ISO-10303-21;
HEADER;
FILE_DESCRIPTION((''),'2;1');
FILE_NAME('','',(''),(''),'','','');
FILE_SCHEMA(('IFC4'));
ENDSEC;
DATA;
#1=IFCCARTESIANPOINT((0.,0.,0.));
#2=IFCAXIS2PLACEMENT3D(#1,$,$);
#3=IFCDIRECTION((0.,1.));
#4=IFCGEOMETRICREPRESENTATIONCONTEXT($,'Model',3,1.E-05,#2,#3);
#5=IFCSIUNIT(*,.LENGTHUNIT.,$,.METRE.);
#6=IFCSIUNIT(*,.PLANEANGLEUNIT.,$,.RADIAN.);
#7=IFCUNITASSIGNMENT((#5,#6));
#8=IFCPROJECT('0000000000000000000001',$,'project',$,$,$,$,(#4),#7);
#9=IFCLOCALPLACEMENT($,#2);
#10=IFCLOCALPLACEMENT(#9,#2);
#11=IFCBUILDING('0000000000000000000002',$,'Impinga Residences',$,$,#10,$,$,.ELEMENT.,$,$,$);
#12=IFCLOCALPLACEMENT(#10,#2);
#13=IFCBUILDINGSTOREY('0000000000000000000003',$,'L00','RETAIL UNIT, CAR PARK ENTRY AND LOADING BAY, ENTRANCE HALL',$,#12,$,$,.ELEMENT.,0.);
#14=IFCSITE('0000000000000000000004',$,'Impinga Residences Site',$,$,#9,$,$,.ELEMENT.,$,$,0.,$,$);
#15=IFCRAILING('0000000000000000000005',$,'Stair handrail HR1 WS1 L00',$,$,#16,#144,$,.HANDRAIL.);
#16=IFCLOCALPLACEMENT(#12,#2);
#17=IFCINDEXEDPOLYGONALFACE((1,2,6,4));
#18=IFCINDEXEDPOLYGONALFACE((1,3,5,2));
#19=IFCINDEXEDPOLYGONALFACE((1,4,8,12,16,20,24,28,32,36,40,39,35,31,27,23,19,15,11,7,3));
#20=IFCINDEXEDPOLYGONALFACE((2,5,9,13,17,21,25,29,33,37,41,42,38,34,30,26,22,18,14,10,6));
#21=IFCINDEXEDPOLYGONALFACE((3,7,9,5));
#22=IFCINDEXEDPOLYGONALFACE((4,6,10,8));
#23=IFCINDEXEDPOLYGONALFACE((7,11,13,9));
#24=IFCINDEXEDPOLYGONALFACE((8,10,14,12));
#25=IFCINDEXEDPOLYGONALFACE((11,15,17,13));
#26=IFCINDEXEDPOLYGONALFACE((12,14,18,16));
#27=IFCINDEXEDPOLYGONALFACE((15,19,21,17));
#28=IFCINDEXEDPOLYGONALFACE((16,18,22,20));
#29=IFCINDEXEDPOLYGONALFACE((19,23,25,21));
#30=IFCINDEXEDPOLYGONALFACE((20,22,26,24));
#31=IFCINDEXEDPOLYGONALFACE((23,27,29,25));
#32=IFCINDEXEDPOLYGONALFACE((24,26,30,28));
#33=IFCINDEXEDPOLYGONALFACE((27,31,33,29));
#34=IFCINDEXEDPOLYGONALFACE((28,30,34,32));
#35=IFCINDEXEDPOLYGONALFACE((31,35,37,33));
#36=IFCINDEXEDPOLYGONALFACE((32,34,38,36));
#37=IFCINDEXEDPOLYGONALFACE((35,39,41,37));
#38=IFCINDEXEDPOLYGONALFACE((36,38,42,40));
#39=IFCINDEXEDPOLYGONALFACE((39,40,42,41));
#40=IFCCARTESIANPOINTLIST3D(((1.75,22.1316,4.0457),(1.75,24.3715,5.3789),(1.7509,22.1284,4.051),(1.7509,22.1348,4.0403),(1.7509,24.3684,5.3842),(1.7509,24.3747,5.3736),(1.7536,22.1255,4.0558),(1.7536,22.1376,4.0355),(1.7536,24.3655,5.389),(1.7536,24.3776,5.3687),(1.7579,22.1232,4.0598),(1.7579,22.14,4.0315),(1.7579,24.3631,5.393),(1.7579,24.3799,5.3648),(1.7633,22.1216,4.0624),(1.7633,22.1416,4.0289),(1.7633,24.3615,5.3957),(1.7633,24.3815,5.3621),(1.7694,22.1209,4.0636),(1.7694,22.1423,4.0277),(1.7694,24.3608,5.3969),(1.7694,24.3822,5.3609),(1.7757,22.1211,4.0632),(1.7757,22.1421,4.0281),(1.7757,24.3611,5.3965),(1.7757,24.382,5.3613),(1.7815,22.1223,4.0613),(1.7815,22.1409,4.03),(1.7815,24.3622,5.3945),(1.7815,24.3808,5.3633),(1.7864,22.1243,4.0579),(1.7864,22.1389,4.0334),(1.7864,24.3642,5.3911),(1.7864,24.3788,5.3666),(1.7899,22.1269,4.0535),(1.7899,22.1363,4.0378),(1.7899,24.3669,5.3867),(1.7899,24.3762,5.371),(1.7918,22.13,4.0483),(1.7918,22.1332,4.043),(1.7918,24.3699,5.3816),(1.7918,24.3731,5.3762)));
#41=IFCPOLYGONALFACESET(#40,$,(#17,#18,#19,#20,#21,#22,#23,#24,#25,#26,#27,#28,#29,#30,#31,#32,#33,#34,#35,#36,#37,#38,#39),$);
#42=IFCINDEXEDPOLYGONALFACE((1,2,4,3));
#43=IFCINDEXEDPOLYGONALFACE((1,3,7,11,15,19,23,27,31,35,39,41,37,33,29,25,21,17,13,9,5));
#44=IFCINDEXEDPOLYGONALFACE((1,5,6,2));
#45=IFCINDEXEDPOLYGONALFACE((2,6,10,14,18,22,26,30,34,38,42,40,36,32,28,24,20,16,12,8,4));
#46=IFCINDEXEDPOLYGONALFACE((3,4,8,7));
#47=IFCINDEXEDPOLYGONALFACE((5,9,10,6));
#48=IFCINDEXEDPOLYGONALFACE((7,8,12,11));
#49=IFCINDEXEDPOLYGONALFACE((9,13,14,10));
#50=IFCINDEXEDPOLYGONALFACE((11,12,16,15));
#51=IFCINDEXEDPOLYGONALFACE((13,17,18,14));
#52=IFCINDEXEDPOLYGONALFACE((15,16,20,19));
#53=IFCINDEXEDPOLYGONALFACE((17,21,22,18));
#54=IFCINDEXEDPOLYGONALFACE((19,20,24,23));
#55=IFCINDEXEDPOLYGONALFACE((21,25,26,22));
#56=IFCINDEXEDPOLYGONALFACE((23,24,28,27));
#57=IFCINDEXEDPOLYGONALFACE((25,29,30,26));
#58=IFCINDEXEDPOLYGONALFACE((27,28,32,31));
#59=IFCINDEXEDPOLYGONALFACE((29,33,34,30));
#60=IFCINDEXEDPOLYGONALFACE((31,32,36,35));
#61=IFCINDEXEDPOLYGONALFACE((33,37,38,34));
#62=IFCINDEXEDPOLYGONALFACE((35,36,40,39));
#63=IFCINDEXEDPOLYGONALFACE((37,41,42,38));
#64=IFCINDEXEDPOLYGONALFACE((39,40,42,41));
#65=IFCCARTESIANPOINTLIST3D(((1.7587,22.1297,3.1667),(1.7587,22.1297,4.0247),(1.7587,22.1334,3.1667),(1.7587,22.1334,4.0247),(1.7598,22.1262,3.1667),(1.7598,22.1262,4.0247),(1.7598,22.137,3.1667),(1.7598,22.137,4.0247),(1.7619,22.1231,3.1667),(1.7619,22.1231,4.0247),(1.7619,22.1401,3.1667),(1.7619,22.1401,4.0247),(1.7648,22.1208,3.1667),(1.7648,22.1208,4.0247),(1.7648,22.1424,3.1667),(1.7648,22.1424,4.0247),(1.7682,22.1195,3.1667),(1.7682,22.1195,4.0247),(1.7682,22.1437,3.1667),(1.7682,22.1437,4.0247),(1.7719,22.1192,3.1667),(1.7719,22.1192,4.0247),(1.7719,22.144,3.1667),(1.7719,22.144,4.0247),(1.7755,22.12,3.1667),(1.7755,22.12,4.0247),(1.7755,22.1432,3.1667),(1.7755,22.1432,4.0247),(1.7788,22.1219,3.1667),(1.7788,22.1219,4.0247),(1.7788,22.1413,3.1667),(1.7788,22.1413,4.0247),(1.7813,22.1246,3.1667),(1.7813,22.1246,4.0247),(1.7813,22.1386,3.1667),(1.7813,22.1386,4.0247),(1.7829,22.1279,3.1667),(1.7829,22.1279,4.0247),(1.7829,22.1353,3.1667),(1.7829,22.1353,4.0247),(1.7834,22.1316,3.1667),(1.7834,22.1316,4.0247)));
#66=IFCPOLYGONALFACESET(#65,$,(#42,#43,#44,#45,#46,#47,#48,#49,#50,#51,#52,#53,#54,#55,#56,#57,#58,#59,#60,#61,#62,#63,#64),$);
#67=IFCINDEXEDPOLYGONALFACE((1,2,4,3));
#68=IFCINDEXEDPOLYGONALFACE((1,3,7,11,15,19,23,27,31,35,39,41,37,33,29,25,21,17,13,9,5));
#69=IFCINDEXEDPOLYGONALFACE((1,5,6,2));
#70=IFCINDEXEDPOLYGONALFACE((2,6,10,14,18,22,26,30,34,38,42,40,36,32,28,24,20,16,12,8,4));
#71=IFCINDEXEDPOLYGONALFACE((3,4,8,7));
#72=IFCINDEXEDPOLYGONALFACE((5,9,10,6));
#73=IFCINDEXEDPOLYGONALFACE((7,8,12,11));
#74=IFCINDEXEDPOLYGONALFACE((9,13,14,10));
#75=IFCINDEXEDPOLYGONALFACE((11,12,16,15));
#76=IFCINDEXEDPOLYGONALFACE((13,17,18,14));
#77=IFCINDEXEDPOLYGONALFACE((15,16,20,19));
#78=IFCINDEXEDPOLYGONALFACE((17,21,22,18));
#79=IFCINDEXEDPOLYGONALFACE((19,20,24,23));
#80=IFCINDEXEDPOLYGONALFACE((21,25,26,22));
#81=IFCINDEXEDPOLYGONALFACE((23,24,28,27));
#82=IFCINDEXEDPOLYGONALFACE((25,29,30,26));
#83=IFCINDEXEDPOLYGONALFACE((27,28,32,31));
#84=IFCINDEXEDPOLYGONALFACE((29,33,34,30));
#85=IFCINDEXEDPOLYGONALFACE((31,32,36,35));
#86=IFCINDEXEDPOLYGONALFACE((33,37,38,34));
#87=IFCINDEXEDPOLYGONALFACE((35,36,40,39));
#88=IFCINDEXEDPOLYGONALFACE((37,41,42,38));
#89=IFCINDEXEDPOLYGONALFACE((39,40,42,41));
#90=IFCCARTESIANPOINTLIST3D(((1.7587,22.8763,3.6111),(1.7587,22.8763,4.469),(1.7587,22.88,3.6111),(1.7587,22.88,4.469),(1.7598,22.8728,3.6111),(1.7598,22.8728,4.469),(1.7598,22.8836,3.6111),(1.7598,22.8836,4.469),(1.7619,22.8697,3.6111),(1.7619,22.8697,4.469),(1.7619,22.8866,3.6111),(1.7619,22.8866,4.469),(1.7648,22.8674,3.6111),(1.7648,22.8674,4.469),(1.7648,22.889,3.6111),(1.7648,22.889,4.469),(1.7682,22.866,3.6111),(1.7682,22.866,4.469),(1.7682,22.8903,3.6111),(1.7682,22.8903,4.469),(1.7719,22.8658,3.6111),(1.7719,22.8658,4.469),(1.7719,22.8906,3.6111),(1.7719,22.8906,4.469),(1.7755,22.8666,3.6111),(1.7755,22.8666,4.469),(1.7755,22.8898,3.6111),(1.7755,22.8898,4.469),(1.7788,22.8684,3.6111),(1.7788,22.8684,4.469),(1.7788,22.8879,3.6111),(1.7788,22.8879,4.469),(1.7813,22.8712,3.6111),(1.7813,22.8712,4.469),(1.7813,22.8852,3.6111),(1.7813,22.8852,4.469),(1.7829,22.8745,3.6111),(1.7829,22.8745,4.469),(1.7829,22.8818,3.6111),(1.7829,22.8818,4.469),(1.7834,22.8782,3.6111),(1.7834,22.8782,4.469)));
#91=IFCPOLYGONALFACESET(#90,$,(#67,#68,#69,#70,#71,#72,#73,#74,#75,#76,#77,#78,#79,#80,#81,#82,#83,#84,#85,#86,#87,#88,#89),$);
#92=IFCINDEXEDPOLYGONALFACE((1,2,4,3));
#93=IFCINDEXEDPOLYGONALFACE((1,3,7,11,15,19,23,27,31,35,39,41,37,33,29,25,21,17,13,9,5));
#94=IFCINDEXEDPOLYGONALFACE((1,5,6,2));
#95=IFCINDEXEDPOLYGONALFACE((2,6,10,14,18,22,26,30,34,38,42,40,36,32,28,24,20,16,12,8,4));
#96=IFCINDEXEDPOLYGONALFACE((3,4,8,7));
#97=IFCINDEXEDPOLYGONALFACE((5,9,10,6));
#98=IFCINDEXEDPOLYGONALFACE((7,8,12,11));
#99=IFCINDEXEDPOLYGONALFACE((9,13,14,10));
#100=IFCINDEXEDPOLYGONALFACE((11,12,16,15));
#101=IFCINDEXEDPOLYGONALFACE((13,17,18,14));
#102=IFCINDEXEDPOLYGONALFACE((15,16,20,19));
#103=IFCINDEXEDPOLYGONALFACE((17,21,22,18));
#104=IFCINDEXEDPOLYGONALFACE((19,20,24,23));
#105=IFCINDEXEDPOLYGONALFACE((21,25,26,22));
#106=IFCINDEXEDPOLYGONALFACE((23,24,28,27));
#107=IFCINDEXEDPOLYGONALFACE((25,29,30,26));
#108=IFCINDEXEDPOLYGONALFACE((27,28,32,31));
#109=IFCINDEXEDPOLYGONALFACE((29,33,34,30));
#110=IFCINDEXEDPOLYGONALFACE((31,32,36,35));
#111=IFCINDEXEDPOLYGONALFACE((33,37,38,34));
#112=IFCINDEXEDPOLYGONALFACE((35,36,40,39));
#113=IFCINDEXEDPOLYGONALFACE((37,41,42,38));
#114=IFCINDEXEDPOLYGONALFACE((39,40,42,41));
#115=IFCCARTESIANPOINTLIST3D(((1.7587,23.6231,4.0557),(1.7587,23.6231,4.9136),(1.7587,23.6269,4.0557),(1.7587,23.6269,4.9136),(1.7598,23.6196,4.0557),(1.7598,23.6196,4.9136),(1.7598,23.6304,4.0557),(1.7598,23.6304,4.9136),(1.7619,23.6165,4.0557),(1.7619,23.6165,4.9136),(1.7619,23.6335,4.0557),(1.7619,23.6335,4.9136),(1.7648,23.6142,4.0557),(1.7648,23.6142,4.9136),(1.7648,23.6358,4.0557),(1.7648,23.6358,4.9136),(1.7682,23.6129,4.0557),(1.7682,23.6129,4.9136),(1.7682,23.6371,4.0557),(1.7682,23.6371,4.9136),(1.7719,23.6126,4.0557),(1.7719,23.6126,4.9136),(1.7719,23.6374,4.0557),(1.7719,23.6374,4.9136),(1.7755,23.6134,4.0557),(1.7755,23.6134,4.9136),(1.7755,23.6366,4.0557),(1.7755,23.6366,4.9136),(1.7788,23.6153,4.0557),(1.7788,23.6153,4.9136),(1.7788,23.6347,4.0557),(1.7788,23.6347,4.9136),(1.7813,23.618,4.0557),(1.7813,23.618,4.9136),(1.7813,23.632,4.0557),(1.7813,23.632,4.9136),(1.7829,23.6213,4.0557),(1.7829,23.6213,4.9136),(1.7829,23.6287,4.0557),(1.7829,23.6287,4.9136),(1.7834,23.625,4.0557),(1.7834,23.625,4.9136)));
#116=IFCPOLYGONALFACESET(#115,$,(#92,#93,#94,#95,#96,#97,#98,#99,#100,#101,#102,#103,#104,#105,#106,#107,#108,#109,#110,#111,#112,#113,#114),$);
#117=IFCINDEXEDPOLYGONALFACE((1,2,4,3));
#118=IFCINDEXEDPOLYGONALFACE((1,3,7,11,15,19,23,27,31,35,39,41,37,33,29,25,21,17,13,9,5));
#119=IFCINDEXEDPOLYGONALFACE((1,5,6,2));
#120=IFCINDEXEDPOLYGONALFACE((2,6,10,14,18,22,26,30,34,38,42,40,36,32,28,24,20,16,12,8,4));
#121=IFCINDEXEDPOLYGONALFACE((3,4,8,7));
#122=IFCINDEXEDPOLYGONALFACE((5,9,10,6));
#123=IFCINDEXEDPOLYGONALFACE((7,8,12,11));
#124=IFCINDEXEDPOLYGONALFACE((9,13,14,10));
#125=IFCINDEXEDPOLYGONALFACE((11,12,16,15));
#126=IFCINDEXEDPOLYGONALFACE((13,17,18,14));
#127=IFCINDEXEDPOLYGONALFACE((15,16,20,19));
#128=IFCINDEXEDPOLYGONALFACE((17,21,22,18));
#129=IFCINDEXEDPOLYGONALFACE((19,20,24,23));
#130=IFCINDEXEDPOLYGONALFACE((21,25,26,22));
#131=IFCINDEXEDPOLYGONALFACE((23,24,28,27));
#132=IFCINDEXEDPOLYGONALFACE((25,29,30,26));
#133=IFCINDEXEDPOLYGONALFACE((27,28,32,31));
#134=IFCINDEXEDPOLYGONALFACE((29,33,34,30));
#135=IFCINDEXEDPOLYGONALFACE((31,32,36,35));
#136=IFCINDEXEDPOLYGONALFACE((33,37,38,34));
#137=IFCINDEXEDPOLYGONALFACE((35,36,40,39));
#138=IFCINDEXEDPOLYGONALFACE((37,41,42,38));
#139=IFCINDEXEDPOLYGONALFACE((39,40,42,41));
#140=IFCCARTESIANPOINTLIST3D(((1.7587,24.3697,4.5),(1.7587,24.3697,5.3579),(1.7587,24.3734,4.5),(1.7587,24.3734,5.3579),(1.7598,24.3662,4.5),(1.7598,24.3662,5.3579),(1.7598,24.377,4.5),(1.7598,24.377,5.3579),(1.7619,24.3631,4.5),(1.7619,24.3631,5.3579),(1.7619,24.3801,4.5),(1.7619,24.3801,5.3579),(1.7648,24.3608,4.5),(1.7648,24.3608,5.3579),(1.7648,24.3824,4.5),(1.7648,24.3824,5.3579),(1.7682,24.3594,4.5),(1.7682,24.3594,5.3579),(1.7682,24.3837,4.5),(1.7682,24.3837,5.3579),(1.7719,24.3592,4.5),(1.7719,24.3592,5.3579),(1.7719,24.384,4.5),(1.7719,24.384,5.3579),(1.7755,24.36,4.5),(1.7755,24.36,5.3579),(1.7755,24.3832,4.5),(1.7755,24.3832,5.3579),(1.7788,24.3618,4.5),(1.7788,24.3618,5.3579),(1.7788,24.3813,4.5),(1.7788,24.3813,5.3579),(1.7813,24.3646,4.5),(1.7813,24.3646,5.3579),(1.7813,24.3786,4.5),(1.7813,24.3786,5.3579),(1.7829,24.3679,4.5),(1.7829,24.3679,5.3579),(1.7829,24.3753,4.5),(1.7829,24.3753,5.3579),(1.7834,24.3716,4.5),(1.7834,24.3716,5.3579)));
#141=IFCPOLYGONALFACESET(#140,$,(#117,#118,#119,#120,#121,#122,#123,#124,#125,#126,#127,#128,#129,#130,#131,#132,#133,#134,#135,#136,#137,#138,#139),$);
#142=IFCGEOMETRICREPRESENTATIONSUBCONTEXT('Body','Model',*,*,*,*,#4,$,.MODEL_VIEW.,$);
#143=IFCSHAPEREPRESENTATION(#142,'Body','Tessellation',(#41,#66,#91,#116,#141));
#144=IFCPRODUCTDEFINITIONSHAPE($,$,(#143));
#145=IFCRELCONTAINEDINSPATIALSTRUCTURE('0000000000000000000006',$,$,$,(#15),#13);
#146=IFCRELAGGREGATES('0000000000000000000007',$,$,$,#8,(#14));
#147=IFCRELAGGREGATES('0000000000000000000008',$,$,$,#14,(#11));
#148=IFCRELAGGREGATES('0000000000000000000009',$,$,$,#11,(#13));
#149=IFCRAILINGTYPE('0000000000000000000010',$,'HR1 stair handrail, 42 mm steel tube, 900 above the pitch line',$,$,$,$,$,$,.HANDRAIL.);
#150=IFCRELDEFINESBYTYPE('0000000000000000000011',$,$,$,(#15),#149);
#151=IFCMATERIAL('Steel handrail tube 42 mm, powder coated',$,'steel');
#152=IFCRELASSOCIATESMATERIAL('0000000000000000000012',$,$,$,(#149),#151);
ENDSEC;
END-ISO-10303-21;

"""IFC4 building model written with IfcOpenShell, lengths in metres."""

from ifc_helpers import new_model, si_unit, direction, frame, origin, origin_2d, place, context, subcontext, project, spatial, circle, extrude, material, type_object, element, save


model = new_model("IFC4")

# Units and contexts
model_context = context("Model", 3, precision=1e-05, world=origin(), true_north=direction((0.0, 1.0)))
body_context = subcontext(model_context, "Body", "Model", "MODEL_VIEW")
ifc_project = project(units=[si_unit("LENGTHUNIT", "METRE"), si_unit("PLANEANGLEUNIT", "RADIAN")], contexts=[model_context])

# Site, building, storey
site_placement = place(None, origin())
site = spatial("IfcSite", under=ifc_project, at=site_placement, Name="Impinga Residences Site", CompositionType="ELEMENT", RefElevation=0.0)
building_placement = place(site_placement, origin())
building = spatial("IfcBuilding", under=site, at=building_placement, Name="Impinga Residences", CompositionType="ELEMENT")
storey_placement = place(building_placement, origin())
storey = spatial("IfcBuildingStorey", under=building, at=storey_placement, Name="L00", Description="RETAIL UNIT, CAR PARK ENTRY AND LOADING BAY, ENTRANCE HALL", CompositionType="ELEMENT", Elevation=0.0)

# Railing
ifc_material_1 = material(Name="Steel handrail tube 42 mm, powder coated", Category="steel")
railing_type_1 = type_object("IfcRailingType", Name="HR1 stair handrail, 42 mm steel tube, 900 above the pitch line", PredefinedType="HANDRAIL", material=ifc_material_1)
railing_1_placement = place(storey_placement, frame((1.771, 22.1316, 3.1667)))
element("IfcRailing", 1, at=railing_1_placement, inside=storey, type_object=railing_type_1, Name="Stair handrail HR1 WS1 L00", PredefinedType="HANDRAIL", context=body_context, shape_type="SweptSolid", body=[
    extrude(circle(Radius=0.021, at=origin_2d()), frame((0.0, 0.0, 0.8789), z_axis=(0.0, 0.859306, 0.511462), x_axis=(-1.0, 0.0, 0.0)), (0.0, 0.0, 1.0), 2.6067),
    extrude(circle(Radius=0.0125, at=origin_2d()), origin(), (0.0, 0.0, 1.0), 0.8579),
    extrude(circle(Radius=0.0125, at=origin_2d()), frame((0.0, 0.7466, 0.4443)), (0.0, 0.0, 1.0), 0.8579),
    extrude(circle(Radius=0.0125, at=origin_2d()), frame((0.0, 1.4934, 0.8889)), (0.0, 0.0, 1.0), 0.8579),
    extrude(circle(Radius=0.0125, at=origin_2d()), frame((0.0, 2.24, 1.3333)), (0.0, 0.0, 1.0), 0.8579),
])

save(model, "model.ifc")
